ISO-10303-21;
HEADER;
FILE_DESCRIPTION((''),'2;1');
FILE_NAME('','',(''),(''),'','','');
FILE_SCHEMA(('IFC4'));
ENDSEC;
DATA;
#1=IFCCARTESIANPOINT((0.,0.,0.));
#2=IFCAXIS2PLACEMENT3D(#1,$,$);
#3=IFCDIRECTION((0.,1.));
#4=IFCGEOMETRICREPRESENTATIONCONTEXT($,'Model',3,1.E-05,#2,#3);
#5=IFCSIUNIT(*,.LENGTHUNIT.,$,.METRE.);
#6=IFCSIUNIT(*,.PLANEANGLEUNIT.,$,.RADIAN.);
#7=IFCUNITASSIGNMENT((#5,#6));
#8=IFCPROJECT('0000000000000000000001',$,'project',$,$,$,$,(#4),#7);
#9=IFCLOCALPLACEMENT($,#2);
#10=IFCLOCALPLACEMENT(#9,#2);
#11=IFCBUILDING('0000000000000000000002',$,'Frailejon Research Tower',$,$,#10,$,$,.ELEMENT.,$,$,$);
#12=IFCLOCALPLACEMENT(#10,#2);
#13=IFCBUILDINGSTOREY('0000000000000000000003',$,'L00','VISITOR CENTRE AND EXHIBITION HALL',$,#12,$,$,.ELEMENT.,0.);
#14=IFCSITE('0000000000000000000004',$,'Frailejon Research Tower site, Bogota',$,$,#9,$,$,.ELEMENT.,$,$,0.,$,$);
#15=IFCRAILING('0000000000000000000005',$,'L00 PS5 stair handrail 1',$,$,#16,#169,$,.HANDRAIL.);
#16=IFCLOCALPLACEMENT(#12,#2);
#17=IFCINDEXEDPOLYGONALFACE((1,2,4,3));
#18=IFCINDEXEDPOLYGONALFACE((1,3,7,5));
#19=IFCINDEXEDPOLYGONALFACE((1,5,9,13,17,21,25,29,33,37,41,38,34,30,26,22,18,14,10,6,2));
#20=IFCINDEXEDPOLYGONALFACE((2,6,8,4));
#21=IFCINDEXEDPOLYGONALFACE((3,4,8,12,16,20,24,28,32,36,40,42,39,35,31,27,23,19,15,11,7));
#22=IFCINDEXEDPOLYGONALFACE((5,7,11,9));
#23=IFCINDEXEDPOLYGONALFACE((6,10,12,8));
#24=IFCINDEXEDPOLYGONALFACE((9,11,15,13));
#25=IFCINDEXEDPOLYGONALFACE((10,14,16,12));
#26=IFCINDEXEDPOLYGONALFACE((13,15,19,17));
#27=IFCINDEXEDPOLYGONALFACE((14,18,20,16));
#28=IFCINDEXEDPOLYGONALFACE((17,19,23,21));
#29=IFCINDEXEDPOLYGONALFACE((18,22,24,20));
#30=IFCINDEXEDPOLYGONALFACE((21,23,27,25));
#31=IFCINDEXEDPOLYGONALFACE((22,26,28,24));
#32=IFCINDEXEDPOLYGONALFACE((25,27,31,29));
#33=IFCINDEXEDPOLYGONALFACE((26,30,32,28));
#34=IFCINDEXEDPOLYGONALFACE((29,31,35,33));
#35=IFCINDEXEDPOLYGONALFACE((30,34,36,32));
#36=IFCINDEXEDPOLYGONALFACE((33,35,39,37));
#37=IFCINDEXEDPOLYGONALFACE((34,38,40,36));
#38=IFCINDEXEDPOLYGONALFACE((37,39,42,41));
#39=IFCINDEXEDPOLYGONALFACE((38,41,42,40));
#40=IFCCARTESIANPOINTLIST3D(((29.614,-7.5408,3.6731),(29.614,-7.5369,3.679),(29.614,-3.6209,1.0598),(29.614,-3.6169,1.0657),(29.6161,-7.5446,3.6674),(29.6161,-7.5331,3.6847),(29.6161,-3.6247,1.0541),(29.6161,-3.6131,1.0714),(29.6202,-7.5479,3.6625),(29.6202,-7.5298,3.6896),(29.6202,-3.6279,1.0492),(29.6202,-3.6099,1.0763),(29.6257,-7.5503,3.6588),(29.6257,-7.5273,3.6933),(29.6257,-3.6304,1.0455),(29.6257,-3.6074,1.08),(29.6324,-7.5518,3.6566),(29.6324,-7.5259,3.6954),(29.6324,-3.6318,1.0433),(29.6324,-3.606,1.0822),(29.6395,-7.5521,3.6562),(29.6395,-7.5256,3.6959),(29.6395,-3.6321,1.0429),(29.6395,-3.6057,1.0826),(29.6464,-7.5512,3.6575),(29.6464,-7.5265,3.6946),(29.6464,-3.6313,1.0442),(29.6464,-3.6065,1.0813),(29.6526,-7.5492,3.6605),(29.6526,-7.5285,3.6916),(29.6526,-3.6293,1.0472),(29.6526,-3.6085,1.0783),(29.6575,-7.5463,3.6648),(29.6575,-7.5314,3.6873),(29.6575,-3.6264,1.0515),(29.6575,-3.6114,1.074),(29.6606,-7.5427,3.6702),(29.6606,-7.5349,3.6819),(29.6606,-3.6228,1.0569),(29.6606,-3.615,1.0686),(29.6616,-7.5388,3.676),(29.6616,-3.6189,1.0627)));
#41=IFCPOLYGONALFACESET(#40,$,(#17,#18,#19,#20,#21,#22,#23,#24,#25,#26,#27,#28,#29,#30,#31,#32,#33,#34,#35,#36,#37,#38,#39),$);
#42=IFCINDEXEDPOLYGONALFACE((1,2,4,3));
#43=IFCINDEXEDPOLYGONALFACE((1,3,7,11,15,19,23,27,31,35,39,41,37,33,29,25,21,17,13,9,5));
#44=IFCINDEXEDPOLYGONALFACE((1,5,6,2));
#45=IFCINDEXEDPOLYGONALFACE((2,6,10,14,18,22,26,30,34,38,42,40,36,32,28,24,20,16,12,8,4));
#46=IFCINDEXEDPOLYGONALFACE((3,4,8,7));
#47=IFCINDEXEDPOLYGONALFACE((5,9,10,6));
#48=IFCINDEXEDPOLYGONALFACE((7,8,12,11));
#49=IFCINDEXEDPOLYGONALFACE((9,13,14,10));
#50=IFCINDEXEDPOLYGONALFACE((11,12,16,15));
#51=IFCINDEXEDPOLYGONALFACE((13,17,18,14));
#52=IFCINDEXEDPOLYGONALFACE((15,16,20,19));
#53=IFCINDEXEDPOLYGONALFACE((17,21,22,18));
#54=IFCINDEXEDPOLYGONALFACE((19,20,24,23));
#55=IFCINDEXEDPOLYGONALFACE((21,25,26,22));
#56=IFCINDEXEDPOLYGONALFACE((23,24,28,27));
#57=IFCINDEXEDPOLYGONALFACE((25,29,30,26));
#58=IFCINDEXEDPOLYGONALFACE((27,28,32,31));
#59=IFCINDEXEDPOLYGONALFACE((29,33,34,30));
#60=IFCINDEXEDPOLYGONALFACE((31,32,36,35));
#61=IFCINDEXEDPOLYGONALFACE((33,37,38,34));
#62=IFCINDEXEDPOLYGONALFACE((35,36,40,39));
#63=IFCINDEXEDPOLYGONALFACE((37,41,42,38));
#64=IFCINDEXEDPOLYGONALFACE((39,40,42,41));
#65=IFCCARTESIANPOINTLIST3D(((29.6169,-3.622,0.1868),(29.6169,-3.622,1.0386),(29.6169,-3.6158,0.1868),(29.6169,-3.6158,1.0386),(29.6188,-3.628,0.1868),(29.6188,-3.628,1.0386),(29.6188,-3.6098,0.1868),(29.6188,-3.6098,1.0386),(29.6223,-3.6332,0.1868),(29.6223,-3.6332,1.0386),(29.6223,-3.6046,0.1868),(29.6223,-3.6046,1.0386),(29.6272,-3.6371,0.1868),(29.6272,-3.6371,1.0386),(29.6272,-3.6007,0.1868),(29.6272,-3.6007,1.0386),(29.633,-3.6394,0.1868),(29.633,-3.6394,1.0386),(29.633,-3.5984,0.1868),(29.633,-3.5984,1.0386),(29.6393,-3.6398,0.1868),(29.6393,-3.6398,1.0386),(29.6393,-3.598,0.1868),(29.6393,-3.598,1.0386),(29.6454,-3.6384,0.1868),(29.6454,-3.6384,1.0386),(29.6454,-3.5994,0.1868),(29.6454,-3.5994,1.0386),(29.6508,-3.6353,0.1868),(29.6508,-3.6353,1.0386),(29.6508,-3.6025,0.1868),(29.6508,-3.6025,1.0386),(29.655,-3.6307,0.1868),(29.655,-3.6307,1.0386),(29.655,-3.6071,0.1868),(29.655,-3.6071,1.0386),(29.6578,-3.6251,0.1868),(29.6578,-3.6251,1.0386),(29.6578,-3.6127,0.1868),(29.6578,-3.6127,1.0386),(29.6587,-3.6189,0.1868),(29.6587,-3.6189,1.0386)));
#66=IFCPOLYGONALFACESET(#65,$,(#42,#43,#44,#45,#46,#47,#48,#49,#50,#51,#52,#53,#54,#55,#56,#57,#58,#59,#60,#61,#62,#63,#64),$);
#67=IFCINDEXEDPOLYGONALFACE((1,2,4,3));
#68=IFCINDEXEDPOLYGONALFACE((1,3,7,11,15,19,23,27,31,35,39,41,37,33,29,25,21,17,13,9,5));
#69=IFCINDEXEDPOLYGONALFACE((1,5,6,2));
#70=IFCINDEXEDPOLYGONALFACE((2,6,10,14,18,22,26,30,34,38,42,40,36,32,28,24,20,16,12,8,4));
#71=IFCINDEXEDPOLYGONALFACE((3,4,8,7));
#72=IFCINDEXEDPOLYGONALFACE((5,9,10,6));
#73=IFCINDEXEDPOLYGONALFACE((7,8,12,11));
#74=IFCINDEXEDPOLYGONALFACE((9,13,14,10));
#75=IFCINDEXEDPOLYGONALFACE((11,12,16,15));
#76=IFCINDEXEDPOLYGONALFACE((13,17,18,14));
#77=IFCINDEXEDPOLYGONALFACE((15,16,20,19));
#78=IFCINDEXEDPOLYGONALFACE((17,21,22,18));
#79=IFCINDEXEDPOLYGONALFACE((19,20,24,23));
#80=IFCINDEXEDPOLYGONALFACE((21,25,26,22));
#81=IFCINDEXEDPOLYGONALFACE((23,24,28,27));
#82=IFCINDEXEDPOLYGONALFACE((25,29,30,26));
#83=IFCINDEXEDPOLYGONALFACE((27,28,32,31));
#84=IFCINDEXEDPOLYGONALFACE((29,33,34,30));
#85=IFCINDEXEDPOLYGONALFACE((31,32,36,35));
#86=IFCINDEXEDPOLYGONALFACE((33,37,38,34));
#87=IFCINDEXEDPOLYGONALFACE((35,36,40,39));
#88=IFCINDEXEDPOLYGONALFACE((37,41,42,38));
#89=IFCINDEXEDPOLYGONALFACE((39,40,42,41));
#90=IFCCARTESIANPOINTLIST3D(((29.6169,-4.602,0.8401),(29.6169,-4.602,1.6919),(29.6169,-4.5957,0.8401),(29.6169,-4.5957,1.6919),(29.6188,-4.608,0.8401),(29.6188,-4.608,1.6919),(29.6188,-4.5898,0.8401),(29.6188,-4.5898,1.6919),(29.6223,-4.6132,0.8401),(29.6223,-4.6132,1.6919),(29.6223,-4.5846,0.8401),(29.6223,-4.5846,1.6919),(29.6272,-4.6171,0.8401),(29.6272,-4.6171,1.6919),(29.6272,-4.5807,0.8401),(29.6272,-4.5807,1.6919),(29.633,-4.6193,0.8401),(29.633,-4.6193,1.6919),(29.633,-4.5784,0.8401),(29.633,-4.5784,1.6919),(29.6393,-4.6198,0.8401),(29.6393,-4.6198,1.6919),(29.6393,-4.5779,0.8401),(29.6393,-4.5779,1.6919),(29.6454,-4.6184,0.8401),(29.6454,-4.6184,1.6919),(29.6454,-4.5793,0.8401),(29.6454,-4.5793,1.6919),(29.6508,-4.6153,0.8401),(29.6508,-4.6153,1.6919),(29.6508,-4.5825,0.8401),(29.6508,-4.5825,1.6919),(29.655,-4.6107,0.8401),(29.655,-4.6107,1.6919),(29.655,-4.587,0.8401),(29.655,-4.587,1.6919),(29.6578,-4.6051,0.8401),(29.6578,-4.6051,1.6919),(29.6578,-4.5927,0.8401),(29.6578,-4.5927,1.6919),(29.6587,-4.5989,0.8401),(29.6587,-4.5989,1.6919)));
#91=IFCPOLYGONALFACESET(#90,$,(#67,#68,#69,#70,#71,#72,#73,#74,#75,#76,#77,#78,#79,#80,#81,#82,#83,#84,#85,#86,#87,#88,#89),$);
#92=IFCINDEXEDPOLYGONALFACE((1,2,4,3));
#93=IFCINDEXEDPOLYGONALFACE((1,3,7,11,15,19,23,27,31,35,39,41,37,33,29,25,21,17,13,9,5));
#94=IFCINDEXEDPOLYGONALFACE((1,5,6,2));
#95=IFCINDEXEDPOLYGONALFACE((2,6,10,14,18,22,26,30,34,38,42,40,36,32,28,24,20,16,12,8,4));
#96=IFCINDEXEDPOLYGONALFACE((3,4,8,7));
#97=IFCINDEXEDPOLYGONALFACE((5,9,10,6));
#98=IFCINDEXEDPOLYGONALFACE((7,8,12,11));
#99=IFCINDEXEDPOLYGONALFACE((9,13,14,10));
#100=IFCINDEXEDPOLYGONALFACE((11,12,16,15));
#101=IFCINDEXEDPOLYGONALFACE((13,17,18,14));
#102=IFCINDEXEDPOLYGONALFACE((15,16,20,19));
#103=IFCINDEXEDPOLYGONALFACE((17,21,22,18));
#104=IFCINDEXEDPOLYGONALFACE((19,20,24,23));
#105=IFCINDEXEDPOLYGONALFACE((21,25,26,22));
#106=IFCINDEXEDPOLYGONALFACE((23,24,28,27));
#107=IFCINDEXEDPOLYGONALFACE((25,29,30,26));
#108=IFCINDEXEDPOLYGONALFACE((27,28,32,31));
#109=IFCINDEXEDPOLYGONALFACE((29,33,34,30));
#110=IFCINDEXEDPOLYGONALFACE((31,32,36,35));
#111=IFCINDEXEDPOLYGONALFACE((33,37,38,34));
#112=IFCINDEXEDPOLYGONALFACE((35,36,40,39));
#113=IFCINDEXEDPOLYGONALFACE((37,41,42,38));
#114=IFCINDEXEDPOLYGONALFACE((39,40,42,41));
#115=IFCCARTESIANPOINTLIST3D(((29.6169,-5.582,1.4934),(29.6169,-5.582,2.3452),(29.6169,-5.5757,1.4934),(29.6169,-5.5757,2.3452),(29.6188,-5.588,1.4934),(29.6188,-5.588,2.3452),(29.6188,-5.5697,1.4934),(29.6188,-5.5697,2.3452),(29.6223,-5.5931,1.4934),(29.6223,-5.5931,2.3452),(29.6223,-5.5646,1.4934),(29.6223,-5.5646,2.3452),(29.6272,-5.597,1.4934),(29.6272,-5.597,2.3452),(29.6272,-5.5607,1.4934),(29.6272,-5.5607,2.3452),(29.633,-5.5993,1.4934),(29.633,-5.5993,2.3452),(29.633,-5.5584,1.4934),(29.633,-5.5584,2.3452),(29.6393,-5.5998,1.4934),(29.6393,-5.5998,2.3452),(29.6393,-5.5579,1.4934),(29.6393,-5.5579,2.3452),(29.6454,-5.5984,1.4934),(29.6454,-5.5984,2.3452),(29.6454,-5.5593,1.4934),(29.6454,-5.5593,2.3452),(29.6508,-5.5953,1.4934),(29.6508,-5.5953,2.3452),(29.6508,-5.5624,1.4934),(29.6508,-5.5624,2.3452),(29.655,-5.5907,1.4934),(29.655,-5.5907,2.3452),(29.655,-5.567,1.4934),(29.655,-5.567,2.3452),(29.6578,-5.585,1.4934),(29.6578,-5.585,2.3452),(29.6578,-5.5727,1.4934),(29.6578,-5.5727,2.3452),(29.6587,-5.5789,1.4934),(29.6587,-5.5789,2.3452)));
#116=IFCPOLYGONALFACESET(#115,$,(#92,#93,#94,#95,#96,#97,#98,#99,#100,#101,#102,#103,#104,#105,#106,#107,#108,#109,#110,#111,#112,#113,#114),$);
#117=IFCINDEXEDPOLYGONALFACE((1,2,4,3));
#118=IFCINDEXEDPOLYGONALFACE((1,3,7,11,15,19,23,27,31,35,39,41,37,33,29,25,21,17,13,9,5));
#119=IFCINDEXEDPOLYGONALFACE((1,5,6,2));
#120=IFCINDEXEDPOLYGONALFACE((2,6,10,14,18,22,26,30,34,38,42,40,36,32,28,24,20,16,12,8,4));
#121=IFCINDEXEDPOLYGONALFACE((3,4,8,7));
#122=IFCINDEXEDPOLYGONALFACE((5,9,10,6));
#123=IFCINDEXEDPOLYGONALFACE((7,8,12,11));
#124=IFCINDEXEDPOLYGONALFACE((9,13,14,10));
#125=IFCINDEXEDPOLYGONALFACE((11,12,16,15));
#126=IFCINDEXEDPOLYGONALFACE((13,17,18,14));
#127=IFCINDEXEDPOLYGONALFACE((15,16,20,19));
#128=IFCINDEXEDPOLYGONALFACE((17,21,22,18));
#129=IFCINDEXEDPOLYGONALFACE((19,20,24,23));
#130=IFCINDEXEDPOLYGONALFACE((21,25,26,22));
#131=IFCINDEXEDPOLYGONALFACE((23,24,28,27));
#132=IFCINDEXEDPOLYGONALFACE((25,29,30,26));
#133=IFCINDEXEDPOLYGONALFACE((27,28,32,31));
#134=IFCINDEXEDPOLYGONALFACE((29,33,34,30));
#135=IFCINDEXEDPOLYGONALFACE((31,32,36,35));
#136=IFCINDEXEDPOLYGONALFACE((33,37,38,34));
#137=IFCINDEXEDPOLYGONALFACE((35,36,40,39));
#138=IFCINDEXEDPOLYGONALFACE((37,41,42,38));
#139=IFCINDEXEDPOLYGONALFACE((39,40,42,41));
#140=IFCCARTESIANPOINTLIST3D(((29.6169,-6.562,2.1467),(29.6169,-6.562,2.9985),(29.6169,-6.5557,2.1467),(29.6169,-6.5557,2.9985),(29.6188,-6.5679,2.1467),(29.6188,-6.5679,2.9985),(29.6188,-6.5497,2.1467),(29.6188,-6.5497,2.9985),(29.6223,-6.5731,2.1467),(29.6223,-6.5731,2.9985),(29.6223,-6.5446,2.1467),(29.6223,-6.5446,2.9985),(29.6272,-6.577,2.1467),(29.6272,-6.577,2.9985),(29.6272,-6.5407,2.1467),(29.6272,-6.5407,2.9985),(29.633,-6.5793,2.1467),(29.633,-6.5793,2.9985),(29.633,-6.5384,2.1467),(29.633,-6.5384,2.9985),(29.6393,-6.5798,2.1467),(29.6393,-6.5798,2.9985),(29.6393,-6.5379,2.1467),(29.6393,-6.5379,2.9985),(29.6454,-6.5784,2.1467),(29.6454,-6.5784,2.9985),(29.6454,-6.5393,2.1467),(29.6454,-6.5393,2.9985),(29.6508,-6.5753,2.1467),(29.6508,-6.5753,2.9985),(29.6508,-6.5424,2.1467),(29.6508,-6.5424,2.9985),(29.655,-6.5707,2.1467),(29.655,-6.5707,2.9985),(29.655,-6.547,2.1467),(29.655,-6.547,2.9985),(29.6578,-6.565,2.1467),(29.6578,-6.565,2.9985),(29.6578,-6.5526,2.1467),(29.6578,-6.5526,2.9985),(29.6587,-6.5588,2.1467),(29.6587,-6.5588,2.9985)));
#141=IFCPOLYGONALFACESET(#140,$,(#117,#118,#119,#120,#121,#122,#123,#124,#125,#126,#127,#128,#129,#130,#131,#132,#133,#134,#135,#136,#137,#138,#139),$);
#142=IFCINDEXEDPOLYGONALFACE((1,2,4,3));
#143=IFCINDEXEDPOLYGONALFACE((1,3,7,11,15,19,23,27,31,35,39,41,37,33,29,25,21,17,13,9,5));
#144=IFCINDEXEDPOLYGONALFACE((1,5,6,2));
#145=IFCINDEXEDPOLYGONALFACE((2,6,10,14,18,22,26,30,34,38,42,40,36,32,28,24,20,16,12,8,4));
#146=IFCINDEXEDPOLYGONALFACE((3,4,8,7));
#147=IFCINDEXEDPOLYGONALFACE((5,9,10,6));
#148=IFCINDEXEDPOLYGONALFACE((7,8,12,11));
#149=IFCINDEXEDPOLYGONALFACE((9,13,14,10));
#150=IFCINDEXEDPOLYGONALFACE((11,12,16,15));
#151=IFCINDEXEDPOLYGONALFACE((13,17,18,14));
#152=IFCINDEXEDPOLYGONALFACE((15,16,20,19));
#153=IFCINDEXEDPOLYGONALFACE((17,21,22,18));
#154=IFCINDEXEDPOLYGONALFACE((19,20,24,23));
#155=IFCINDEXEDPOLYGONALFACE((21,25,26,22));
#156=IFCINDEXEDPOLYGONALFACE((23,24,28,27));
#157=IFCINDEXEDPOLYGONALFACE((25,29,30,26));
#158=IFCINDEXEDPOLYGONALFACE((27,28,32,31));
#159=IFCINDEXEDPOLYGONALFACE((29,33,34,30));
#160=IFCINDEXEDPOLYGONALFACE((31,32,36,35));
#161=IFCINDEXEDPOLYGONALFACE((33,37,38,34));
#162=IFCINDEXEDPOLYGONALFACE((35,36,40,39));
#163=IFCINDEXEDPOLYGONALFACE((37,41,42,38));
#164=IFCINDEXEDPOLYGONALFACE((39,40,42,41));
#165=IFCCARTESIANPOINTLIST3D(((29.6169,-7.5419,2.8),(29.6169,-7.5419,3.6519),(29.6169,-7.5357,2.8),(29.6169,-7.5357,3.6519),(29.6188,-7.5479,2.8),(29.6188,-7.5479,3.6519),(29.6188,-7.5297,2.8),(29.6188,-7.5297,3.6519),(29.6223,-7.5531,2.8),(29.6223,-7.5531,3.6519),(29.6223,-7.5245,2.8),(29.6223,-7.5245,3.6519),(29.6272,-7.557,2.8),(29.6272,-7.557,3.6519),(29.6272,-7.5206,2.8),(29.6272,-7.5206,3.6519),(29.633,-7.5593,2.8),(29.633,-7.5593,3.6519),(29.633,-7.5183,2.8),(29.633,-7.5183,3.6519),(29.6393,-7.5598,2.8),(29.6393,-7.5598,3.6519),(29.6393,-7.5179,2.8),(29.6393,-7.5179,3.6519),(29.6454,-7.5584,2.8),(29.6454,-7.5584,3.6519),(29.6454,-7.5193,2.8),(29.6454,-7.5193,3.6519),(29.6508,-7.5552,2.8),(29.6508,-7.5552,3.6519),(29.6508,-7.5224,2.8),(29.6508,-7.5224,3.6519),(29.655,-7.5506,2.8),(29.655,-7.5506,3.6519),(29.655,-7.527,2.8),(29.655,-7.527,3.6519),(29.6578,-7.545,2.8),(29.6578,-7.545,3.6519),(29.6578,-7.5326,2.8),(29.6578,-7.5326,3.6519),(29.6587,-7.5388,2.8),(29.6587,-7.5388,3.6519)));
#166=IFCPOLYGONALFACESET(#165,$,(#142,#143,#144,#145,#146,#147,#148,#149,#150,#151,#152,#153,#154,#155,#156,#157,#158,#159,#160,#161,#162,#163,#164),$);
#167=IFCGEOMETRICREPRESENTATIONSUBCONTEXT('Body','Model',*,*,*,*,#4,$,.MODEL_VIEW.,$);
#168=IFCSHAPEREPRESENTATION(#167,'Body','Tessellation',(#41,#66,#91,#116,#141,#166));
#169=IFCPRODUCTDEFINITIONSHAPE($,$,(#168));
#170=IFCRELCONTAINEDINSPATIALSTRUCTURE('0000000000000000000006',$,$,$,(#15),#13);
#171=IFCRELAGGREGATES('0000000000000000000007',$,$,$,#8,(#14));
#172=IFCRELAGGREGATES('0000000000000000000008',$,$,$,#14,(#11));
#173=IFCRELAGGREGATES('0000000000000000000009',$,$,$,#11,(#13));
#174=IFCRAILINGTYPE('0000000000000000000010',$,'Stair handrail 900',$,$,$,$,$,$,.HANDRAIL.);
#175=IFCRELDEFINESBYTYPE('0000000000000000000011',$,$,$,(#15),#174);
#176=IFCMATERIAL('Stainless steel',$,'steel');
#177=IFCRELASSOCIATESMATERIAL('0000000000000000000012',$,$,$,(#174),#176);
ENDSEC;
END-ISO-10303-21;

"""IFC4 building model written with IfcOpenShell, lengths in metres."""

from ifc_helpers import new_model, si_unit, direction, frame, origin, origin_2d, place, context, subcontext, project, spatial, circle, extrude, material, type_object, element, save


model = new_model("IFC4")

# Units and contexts
model_context = context("Model", 3, precision=1e-05, world=origin(), true_north=direction((0.0, 1.0)))
body_context = subcontext(model_context, "Body", "Model", "MODEL_VIEW")
ifc_project = project(units=[si_unit("LENGTHUNIT", "METRE"), si_unit("PLANEANGLEUNIT", "RADIAN")], contexts=[model_context])

# Site, building, storey
site_placement = place(None, origin())
site = spatial("IfcSite", under=ifc_project, at=site_placement, Name="Frailejon Research Tower site, Bogota", CompositionType="ELEMENT", RefElevation=0.0)
building_placement = place(site_placement, origin())
building = spatial("IfcBuilding", under=site, at=building_placement, Name="Frailejon Research Tower", CompositionType="ELEMENT")
storey_placement = place(building_placement, origin())
storey = spatial("IfcBuildingStorey", under=building, at=storey_placement, Name="L00", Description="VISITOR CENTRE AND EXHIBITION HALL", CompositionType="ELEMENT", Elevation=0.0)

# Railing
ifc_material_1 = material(Name="Stainless steel", Category="steel")
railing_type_1 = type_object("IfcRailingType", Name="Stair handrail 900", PredefinedType="HANDRAIL", material=ifc_material_1)
railing_1_placement = place(storey_placement, frame((29.6377, -3.6189, 0.1868)))
element("IfcRailing", 1, at=railing_1_placement, inside=storey, type_object=railing_type_1, Name="L00 PS5 stair handrail 1", PredefinedType="HANDRAIL", context=body_context, shape_type="SweptSolid", body=[
    extrude(circle(Radius=0.0239, at=origin_2d()), frame((0.0, 0.0, 0.876), z_axis=(0.0, -0.83205, 0.5547), x_axis=(1.0, 0.0, 0.0)), (0.0, 0.0, 1.0), 4.7112),
    extrude(circle(Radius=0.021, at=origin_2d()), origin(), (0.0, 0.0, 1.0), 0.8518),
    extrude(circle(Radius=0.021, at=origin_2d()), frame((0.0, -0.98, 0.6533)), (0.0, 0.0, 1.0), 0.8518),
    extrude(circle(Radius=0.021, at=origin_2d()), frame((0.0, -1.96, 1.3066)), (0.0, 0.0, 1.0), 0.8518),
    extrude(circle(Radius=0.021, at=origin_2d()), frame((0.0, -2.9399, 1.96)), (0.0, 0.0, 1.0), 0.8518),
    extrude(circle(Radius=0.021, at=origin_2d()), frame((0.0, -3.9199, 2.6133)), (0.0, 0.0, 1.0), 0.8518),
])

save(model, "model.ifc")
